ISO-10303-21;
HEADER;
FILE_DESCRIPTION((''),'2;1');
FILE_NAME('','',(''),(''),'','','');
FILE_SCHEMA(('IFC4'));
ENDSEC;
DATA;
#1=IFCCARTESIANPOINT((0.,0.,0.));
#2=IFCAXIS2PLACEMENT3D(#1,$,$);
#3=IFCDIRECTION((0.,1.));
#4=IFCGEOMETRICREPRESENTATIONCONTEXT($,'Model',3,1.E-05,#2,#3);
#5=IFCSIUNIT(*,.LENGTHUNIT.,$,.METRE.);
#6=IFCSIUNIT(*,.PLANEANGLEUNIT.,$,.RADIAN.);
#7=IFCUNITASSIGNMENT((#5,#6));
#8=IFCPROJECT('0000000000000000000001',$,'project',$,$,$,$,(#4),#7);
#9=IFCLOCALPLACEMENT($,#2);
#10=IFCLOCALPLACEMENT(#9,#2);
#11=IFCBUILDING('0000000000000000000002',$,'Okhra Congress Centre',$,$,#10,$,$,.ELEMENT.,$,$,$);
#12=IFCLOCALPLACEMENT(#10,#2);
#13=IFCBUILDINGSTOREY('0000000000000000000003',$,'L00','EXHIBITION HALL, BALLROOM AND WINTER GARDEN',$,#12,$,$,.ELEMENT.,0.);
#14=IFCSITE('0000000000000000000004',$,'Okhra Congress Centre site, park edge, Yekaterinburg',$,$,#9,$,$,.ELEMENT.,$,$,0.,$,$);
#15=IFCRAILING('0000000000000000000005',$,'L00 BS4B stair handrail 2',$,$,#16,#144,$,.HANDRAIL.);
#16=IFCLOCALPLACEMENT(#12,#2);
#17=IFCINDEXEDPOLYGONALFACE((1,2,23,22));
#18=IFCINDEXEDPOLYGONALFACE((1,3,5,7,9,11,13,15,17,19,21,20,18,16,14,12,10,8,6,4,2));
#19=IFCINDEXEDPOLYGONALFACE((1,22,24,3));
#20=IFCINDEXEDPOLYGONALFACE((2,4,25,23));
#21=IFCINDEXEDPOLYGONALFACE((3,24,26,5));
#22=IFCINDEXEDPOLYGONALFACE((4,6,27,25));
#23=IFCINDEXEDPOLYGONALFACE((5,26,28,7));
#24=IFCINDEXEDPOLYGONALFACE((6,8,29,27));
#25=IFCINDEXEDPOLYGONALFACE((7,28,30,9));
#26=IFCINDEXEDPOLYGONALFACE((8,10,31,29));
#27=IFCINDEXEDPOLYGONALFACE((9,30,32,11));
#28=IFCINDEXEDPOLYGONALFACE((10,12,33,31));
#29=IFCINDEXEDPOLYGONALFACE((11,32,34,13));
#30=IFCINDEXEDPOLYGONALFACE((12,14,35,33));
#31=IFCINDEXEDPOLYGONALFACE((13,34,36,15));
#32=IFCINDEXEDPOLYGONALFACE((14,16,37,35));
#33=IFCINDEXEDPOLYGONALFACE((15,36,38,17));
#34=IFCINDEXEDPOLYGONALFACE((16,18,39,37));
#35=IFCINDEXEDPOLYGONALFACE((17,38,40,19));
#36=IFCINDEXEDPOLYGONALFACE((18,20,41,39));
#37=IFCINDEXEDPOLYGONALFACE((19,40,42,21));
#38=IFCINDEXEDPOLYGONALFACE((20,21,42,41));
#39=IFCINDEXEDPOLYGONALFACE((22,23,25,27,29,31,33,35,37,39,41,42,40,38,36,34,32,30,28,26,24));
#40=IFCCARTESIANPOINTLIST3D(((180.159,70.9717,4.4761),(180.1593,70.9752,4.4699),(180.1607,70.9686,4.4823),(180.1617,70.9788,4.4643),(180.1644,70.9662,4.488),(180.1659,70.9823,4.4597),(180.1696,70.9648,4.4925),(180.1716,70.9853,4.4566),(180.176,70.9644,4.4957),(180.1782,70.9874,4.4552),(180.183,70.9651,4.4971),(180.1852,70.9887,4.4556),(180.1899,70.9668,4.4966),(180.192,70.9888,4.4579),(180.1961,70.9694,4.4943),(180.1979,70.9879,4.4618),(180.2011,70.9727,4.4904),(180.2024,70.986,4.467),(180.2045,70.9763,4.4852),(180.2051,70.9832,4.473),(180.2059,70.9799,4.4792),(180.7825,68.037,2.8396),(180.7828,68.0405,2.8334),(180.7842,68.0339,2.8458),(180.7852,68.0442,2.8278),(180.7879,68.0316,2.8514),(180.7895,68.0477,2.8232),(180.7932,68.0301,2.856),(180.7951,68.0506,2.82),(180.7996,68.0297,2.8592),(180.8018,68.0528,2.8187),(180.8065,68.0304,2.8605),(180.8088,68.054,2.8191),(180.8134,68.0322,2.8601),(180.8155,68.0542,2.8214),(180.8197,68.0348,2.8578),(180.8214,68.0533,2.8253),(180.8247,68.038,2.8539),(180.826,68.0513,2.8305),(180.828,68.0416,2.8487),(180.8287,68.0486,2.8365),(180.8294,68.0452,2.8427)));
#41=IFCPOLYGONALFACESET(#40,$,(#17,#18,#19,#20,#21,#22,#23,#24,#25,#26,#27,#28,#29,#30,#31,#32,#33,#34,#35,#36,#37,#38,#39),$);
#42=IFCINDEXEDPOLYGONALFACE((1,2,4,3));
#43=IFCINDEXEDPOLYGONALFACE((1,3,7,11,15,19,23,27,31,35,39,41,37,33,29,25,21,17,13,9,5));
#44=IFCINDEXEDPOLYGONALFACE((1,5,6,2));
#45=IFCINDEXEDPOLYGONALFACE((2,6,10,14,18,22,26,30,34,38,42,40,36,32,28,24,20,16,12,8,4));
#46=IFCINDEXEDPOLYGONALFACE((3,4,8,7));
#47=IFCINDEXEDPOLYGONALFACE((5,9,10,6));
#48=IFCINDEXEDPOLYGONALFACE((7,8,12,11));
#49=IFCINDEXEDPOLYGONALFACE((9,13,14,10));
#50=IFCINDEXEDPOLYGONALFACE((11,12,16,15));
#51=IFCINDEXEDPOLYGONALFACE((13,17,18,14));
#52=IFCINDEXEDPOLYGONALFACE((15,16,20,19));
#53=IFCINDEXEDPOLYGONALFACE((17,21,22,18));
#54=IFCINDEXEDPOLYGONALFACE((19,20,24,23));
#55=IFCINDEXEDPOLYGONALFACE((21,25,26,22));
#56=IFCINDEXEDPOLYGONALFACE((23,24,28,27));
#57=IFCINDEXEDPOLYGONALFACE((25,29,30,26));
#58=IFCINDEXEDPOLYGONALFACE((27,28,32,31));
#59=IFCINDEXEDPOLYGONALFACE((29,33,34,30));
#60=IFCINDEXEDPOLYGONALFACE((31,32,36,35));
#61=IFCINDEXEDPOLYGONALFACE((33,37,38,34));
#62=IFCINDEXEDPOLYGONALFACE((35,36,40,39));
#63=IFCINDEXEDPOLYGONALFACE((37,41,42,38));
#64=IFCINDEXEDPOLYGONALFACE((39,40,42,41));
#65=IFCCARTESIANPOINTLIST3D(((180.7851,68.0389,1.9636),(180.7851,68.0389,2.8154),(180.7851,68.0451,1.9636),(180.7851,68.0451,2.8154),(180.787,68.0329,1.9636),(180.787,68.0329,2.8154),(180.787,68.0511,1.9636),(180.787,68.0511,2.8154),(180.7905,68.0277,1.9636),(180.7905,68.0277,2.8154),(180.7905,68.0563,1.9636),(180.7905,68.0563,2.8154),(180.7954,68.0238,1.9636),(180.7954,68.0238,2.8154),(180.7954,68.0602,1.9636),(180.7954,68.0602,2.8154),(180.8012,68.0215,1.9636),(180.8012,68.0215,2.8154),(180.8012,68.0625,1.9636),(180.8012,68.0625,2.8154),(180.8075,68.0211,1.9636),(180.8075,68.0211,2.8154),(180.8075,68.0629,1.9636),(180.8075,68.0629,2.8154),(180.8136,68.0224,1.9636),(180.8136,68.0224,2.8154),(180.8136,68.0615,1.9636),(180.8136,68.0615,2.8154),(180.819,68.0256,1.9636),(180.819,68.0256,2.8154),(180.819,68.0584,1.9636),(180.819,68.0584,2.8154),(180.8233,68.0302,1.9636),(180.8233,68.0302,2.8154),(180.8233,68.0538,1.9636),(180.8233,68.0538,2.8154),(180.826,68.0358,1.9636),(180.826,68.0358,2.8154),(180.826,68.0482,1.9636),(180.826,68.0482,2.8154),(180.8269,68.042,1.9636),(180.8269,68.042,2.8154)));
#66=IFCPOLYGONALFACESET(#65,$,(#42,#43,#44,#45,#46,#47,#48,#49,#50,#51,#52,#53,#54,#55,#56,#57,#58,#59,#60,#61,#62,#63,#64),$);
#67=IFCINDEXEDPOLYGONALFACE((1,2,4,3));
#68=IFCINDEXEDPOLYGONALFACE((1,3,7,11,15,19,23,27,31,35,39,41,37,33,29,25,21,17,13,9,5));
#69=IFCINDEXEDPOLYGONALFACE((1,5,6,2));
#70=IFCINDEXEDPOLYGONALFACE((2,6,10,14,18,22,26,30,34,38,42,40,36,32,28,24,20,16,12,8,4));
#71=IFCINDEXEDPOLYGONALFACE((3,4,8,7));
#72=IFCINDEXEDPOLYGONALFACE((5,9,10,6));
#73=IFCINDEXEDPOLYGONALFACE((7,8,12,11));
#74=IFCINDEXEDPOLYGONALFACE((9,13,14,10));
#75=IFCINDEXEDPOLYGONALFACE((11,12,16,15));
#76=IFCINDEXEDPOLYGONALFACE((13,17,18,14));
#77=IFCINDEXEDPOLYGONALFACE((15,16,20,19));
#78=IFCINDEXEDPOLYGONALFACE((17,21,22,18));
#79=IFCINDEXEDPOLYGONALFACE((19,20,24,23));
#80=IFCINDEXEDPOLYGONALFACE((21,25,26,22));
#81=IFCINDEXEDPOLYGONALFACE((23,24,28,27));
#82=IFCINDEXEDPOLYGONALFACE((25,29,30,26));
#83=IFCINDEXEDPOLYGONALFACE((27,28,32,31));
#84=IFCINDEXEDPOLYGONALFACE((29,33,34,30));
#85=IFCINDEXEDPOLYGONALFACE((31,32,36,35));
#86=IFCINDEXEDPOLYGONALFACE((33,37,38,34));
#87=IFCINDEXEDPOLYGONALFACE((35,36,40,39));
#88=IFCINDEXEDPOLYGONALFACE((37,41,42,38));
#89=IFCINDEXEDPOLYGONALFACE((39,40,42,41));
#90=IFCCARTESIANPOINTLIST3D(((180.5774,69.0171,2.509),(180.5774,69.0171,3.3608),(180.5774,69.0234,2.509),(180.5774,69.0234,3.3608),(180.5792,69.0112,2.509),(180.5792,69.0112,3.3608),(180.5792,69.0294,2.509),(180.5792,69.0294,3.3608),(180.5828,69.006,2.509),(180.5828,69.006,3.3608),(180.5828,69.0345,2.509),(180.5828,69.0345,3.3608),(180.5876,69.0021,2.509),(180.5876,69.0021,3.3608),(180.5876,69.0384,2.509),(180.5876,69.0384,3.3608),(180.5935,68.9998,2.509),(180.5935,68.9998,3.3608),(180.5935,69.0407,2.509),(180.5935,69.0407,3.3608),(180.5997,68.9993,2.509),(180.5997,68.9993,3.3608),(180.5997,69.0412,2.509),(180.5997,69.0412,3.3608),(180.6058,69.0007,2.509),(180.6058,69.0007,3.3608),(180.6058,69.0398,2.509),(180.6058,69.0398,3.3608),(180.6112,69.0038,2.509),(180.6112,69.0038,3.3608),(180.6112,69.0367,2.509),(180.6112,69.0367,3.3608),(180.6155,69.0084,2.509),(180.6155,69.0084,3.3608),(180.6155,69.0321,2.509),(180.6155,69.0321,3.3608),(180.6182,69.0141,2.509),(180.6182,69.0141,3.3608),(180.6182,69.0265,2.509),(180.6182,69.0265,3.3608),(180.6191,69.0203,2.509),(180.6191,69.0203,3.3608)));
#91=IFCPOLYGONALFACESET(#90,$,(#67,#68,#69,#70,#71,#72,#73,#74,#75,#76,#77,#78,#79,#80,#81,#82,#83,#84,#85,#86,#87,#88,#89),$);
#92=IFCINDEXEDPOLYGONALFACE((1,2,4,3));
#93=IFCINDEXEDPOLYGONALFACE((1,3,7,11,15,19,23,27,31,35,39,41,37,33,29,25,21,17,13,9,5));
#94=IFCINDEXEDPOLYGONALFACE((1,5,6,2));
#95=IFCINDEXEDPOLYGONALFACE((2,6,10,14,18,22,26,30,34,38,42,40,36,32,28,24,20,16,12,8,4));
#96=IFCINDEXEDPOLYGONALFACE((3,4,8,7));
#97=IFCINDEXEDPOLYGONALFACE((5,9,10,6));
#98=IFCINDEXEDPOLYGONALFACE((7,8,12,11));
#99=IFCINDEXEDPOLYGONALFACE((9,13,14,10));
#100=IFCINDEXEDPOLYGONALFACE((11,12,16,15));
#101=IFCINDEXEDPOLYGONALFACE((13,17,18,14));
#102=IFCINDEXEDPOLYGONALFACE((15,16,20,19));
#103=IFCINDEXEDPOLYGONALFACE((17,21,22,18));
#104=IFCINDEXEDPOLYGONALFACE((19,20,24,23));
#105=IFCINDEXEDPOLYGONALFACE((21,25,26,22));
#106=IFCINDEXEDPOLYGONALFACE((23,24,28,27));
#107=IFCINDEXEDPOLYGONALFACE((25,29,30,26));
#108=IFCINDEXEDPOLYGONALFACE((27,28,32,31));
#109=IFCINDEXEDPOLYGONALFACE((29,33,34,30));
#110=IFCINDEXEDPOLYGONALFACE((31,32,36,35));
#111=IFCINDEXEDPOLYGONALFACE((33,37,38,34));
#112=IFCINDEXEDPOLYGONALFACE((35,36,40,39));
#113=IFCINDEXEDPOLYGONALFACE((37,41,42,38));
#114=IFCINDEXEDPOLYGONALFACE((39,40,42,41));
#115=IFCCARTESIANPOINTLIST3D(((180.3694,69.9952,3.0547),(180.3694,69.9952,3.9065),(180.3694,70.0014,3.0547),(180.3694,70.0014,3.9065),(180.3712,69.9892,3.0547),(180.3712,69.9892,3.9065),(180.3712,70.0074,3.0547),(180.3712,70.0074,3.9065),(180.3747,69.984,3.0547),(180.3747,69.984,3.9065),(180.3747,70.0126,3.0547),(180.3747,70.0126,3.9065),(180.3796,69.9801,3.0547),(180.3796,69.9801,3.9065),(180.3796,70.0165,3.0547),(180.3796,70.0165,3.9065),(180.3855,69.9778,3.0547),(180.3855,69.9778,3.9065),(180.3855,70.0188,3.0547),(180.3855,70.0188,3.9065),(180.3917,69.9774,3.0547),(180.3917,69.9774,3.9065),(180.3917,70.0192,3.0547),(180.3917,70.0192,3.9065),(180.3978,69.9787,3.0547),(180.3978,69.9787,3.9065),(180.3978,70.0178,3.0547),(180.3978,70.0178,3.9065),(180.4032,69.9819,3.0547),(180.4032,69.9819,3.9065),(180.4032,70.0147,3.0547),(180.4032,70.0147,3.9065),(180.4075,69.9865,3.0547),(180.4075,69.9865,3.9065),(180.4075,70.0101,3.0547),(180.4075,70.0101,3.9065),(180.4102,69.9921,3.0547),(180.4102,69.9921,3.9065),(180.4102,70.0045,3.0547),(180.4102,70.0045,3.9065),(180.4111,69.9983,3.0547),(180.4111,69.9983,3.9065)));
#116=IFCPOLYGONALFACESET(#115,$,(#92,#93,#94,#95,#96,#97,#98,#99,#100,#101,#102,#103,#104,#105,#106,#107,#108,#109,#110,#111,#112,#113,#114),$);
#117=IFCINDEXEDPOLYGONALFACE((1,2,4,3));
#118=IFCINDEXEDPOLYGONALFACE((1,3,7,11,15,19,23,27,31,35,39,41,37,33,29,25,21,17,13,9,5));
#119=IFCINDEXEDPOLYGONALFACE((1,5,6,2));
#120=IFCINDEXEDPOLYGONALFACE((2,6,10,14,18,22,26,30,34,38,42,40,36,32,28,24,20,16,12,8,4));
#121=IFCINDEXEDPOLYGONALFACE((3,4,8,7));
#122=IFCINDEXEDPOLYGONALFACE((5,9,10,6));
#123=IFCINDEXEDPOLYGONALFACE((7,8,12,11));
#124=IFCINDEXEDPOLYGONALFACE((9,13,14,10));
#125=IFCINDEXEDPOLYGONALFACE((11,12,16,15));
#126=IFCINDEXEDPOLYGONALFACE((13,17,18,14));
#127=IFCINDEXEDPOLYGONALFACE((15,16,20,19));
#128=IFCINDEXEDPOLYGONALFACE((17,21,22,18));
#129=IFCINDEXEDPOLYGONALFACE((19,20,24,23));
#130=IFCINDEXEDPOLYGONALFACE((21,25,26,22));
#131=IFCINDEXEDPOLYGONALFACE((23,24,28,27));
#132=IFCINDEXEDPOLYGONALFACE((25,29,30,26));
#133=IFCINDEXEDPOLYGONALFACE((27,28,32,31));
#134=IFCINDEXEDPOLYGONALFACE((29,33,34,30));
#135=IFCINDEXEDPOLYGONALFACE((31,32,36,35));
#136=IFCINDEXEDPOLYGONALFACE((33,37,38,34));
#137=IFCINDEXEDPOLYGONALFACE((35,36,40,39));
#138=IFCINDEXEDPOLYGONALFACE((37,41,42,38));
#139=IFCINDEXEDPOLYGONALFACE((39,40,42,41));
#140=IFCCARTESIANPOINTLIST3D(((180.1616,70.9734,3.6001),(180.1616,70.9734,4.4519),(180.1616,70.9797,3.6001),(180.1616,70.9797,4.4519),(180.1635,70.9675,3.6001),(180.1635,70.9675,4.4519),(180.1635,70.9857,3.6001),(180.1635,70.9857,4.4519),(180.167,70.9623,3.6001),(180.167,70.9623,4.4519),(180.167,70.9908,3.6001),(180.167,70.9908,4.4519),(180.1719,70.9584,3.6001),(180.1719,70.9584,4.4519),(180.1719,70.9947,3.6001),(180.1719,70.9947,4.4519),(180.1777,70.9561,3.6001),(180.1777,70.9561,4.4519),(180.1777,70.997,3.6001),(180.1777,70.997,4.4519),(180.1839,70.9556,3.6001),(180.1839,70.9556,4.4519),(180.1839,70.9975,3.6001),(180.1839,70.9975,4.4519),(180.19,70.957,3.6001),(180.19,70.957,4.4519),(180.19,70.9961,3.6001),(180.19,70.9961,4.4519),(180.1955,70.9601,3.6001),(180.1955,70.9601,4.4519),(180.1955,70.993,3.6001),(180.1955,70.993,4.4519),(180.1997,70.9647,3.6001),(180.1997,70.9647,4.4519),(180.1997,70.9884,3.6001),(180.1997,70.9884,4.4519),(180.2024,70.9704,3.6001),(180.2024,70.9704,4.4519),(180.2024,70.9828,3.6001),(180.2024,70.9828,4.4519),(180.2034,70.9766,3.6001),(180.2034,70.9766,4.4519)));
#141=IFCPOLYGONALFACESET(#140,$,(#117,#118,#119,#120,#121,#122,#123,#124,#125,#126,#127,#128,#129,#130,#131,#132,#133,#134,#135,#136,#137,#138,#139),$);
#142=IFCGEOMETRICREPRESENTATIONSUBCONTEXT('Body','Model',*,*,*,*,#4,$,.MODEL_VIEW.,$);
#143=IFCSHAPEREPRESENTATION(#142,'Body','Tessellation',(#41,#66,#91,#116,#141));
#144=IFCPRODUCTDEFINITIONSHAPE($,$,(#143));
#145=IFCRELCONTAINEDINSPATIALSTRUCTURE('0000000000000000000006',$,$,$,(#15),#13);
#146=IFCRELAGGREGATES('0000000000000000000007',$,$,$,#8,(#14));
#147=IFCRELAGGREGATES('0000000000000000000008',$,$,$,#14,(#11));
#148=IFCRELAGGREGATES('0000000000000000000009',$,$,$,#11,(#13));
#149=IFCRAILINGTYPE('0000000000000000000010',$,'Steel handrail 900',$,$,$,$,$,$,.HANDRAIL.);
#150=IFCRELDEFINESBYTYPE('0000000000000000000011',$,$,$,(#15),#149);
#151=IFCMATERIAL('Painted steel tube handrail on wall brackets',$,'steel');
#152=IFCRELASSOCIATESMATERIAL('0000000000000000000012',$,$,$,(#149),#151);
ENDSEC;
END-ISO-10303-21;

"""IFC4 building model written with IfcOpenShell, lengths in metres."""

from ifc_helpers import new_model, si_unit, direction, frame, origin, origin_2d, place, context, subcontext, project, spatial, circle, extrude, material, type_object, element, save


model = new_model("IFC4")

# Units and contexts
model_context = context("Model", 3, precision=1e-05, world=origin(), true_north=direction((0.0, 1.0)))
body_context = subcontext(model_context, "Body", "Model", "MODEL_VIEW")
ifc_project = project(units=[si_unit("LENGTHUNIT", "METRE"), si_unit("PLANEANGLEUNIT", "RADIAN")], contexts=[model_context])

# Site, building, storey
site_placement = place(None, origin())
site = spatial("IfcSite", under=ifc_project, at=site_placement, Name="Okhra Congress Centre site, park edge, Yekaterinburg", CompositionType="ELEMENT", RefElevation=0.0)
building_placement = place(site_placement, origin())
building = spatial("IfcBuilding", under=site, at=building_placement, Name="Okhra Congress Centre", CompositionType="ELEMENT")
storey_placement = place(building_placement, origin())
storey = spatial("IfcBuildingStorey", under=building, at=storey_placement, Name="L00", Description="EXHIBITION HALL, BALLROOM AND WINTER GARDEN", CompositionType="ELEMENT", Elevation=0.0)

# Railing
ifc_material_1 = material(Name="Painted steel tube handrail on wall brackets", Category="steel")
railing_type_1 = type_object("IfcRailingType", Name="Steel handrail 900", PredefinedType="HANDRAIL", material=ifc_material_1)
railing_1_placement = place(storey_placement, frame((180.8059, 68.042, 1.9636)))
element("IfcRailing", 1, at=railing_1_placement, inside=storey, type_object=railing_type_1, Name="L00 BS4B stair handrail 2", PredefinedType="HANDRAIL", context=body_context, shape_type="SweptSolid", body=[
    extrude(circle(Radius=0.0239, at=origin_2d()), frame((0.0, 0.0, 0.876), z_axis=(-0.18246, 0.858717, 0.478867), x_axis=(-0.978163, -0.207839, 0.0)), (0.0, 0.0, 1.0), 3.4175),
    extrude(circle(Radius=0.021, at=origin_2d()), origin(), (0.0, 0.0, 1.0), 0.8518),
    extrude(circle(Radius=0.021, at=origin_2d()), frame((-0.2078, 0.9783, 0.5454)), (0.0, 0.0, 1.0), 0.8518),
    extrude(circle(Radius=0.021, at=origin_2d()), frame((-0.4158, 1.9563, 1.0911)), (0.0, 0.0, 1.0), 0.8518),
    extrude(circle(Radius=0.021, at=origin_2d()), frame((-0.6235, 2.9346, 1.6365)), (0.0, 0.0, 1.0), 0.8518),
])

save(model, "model.ifc")
